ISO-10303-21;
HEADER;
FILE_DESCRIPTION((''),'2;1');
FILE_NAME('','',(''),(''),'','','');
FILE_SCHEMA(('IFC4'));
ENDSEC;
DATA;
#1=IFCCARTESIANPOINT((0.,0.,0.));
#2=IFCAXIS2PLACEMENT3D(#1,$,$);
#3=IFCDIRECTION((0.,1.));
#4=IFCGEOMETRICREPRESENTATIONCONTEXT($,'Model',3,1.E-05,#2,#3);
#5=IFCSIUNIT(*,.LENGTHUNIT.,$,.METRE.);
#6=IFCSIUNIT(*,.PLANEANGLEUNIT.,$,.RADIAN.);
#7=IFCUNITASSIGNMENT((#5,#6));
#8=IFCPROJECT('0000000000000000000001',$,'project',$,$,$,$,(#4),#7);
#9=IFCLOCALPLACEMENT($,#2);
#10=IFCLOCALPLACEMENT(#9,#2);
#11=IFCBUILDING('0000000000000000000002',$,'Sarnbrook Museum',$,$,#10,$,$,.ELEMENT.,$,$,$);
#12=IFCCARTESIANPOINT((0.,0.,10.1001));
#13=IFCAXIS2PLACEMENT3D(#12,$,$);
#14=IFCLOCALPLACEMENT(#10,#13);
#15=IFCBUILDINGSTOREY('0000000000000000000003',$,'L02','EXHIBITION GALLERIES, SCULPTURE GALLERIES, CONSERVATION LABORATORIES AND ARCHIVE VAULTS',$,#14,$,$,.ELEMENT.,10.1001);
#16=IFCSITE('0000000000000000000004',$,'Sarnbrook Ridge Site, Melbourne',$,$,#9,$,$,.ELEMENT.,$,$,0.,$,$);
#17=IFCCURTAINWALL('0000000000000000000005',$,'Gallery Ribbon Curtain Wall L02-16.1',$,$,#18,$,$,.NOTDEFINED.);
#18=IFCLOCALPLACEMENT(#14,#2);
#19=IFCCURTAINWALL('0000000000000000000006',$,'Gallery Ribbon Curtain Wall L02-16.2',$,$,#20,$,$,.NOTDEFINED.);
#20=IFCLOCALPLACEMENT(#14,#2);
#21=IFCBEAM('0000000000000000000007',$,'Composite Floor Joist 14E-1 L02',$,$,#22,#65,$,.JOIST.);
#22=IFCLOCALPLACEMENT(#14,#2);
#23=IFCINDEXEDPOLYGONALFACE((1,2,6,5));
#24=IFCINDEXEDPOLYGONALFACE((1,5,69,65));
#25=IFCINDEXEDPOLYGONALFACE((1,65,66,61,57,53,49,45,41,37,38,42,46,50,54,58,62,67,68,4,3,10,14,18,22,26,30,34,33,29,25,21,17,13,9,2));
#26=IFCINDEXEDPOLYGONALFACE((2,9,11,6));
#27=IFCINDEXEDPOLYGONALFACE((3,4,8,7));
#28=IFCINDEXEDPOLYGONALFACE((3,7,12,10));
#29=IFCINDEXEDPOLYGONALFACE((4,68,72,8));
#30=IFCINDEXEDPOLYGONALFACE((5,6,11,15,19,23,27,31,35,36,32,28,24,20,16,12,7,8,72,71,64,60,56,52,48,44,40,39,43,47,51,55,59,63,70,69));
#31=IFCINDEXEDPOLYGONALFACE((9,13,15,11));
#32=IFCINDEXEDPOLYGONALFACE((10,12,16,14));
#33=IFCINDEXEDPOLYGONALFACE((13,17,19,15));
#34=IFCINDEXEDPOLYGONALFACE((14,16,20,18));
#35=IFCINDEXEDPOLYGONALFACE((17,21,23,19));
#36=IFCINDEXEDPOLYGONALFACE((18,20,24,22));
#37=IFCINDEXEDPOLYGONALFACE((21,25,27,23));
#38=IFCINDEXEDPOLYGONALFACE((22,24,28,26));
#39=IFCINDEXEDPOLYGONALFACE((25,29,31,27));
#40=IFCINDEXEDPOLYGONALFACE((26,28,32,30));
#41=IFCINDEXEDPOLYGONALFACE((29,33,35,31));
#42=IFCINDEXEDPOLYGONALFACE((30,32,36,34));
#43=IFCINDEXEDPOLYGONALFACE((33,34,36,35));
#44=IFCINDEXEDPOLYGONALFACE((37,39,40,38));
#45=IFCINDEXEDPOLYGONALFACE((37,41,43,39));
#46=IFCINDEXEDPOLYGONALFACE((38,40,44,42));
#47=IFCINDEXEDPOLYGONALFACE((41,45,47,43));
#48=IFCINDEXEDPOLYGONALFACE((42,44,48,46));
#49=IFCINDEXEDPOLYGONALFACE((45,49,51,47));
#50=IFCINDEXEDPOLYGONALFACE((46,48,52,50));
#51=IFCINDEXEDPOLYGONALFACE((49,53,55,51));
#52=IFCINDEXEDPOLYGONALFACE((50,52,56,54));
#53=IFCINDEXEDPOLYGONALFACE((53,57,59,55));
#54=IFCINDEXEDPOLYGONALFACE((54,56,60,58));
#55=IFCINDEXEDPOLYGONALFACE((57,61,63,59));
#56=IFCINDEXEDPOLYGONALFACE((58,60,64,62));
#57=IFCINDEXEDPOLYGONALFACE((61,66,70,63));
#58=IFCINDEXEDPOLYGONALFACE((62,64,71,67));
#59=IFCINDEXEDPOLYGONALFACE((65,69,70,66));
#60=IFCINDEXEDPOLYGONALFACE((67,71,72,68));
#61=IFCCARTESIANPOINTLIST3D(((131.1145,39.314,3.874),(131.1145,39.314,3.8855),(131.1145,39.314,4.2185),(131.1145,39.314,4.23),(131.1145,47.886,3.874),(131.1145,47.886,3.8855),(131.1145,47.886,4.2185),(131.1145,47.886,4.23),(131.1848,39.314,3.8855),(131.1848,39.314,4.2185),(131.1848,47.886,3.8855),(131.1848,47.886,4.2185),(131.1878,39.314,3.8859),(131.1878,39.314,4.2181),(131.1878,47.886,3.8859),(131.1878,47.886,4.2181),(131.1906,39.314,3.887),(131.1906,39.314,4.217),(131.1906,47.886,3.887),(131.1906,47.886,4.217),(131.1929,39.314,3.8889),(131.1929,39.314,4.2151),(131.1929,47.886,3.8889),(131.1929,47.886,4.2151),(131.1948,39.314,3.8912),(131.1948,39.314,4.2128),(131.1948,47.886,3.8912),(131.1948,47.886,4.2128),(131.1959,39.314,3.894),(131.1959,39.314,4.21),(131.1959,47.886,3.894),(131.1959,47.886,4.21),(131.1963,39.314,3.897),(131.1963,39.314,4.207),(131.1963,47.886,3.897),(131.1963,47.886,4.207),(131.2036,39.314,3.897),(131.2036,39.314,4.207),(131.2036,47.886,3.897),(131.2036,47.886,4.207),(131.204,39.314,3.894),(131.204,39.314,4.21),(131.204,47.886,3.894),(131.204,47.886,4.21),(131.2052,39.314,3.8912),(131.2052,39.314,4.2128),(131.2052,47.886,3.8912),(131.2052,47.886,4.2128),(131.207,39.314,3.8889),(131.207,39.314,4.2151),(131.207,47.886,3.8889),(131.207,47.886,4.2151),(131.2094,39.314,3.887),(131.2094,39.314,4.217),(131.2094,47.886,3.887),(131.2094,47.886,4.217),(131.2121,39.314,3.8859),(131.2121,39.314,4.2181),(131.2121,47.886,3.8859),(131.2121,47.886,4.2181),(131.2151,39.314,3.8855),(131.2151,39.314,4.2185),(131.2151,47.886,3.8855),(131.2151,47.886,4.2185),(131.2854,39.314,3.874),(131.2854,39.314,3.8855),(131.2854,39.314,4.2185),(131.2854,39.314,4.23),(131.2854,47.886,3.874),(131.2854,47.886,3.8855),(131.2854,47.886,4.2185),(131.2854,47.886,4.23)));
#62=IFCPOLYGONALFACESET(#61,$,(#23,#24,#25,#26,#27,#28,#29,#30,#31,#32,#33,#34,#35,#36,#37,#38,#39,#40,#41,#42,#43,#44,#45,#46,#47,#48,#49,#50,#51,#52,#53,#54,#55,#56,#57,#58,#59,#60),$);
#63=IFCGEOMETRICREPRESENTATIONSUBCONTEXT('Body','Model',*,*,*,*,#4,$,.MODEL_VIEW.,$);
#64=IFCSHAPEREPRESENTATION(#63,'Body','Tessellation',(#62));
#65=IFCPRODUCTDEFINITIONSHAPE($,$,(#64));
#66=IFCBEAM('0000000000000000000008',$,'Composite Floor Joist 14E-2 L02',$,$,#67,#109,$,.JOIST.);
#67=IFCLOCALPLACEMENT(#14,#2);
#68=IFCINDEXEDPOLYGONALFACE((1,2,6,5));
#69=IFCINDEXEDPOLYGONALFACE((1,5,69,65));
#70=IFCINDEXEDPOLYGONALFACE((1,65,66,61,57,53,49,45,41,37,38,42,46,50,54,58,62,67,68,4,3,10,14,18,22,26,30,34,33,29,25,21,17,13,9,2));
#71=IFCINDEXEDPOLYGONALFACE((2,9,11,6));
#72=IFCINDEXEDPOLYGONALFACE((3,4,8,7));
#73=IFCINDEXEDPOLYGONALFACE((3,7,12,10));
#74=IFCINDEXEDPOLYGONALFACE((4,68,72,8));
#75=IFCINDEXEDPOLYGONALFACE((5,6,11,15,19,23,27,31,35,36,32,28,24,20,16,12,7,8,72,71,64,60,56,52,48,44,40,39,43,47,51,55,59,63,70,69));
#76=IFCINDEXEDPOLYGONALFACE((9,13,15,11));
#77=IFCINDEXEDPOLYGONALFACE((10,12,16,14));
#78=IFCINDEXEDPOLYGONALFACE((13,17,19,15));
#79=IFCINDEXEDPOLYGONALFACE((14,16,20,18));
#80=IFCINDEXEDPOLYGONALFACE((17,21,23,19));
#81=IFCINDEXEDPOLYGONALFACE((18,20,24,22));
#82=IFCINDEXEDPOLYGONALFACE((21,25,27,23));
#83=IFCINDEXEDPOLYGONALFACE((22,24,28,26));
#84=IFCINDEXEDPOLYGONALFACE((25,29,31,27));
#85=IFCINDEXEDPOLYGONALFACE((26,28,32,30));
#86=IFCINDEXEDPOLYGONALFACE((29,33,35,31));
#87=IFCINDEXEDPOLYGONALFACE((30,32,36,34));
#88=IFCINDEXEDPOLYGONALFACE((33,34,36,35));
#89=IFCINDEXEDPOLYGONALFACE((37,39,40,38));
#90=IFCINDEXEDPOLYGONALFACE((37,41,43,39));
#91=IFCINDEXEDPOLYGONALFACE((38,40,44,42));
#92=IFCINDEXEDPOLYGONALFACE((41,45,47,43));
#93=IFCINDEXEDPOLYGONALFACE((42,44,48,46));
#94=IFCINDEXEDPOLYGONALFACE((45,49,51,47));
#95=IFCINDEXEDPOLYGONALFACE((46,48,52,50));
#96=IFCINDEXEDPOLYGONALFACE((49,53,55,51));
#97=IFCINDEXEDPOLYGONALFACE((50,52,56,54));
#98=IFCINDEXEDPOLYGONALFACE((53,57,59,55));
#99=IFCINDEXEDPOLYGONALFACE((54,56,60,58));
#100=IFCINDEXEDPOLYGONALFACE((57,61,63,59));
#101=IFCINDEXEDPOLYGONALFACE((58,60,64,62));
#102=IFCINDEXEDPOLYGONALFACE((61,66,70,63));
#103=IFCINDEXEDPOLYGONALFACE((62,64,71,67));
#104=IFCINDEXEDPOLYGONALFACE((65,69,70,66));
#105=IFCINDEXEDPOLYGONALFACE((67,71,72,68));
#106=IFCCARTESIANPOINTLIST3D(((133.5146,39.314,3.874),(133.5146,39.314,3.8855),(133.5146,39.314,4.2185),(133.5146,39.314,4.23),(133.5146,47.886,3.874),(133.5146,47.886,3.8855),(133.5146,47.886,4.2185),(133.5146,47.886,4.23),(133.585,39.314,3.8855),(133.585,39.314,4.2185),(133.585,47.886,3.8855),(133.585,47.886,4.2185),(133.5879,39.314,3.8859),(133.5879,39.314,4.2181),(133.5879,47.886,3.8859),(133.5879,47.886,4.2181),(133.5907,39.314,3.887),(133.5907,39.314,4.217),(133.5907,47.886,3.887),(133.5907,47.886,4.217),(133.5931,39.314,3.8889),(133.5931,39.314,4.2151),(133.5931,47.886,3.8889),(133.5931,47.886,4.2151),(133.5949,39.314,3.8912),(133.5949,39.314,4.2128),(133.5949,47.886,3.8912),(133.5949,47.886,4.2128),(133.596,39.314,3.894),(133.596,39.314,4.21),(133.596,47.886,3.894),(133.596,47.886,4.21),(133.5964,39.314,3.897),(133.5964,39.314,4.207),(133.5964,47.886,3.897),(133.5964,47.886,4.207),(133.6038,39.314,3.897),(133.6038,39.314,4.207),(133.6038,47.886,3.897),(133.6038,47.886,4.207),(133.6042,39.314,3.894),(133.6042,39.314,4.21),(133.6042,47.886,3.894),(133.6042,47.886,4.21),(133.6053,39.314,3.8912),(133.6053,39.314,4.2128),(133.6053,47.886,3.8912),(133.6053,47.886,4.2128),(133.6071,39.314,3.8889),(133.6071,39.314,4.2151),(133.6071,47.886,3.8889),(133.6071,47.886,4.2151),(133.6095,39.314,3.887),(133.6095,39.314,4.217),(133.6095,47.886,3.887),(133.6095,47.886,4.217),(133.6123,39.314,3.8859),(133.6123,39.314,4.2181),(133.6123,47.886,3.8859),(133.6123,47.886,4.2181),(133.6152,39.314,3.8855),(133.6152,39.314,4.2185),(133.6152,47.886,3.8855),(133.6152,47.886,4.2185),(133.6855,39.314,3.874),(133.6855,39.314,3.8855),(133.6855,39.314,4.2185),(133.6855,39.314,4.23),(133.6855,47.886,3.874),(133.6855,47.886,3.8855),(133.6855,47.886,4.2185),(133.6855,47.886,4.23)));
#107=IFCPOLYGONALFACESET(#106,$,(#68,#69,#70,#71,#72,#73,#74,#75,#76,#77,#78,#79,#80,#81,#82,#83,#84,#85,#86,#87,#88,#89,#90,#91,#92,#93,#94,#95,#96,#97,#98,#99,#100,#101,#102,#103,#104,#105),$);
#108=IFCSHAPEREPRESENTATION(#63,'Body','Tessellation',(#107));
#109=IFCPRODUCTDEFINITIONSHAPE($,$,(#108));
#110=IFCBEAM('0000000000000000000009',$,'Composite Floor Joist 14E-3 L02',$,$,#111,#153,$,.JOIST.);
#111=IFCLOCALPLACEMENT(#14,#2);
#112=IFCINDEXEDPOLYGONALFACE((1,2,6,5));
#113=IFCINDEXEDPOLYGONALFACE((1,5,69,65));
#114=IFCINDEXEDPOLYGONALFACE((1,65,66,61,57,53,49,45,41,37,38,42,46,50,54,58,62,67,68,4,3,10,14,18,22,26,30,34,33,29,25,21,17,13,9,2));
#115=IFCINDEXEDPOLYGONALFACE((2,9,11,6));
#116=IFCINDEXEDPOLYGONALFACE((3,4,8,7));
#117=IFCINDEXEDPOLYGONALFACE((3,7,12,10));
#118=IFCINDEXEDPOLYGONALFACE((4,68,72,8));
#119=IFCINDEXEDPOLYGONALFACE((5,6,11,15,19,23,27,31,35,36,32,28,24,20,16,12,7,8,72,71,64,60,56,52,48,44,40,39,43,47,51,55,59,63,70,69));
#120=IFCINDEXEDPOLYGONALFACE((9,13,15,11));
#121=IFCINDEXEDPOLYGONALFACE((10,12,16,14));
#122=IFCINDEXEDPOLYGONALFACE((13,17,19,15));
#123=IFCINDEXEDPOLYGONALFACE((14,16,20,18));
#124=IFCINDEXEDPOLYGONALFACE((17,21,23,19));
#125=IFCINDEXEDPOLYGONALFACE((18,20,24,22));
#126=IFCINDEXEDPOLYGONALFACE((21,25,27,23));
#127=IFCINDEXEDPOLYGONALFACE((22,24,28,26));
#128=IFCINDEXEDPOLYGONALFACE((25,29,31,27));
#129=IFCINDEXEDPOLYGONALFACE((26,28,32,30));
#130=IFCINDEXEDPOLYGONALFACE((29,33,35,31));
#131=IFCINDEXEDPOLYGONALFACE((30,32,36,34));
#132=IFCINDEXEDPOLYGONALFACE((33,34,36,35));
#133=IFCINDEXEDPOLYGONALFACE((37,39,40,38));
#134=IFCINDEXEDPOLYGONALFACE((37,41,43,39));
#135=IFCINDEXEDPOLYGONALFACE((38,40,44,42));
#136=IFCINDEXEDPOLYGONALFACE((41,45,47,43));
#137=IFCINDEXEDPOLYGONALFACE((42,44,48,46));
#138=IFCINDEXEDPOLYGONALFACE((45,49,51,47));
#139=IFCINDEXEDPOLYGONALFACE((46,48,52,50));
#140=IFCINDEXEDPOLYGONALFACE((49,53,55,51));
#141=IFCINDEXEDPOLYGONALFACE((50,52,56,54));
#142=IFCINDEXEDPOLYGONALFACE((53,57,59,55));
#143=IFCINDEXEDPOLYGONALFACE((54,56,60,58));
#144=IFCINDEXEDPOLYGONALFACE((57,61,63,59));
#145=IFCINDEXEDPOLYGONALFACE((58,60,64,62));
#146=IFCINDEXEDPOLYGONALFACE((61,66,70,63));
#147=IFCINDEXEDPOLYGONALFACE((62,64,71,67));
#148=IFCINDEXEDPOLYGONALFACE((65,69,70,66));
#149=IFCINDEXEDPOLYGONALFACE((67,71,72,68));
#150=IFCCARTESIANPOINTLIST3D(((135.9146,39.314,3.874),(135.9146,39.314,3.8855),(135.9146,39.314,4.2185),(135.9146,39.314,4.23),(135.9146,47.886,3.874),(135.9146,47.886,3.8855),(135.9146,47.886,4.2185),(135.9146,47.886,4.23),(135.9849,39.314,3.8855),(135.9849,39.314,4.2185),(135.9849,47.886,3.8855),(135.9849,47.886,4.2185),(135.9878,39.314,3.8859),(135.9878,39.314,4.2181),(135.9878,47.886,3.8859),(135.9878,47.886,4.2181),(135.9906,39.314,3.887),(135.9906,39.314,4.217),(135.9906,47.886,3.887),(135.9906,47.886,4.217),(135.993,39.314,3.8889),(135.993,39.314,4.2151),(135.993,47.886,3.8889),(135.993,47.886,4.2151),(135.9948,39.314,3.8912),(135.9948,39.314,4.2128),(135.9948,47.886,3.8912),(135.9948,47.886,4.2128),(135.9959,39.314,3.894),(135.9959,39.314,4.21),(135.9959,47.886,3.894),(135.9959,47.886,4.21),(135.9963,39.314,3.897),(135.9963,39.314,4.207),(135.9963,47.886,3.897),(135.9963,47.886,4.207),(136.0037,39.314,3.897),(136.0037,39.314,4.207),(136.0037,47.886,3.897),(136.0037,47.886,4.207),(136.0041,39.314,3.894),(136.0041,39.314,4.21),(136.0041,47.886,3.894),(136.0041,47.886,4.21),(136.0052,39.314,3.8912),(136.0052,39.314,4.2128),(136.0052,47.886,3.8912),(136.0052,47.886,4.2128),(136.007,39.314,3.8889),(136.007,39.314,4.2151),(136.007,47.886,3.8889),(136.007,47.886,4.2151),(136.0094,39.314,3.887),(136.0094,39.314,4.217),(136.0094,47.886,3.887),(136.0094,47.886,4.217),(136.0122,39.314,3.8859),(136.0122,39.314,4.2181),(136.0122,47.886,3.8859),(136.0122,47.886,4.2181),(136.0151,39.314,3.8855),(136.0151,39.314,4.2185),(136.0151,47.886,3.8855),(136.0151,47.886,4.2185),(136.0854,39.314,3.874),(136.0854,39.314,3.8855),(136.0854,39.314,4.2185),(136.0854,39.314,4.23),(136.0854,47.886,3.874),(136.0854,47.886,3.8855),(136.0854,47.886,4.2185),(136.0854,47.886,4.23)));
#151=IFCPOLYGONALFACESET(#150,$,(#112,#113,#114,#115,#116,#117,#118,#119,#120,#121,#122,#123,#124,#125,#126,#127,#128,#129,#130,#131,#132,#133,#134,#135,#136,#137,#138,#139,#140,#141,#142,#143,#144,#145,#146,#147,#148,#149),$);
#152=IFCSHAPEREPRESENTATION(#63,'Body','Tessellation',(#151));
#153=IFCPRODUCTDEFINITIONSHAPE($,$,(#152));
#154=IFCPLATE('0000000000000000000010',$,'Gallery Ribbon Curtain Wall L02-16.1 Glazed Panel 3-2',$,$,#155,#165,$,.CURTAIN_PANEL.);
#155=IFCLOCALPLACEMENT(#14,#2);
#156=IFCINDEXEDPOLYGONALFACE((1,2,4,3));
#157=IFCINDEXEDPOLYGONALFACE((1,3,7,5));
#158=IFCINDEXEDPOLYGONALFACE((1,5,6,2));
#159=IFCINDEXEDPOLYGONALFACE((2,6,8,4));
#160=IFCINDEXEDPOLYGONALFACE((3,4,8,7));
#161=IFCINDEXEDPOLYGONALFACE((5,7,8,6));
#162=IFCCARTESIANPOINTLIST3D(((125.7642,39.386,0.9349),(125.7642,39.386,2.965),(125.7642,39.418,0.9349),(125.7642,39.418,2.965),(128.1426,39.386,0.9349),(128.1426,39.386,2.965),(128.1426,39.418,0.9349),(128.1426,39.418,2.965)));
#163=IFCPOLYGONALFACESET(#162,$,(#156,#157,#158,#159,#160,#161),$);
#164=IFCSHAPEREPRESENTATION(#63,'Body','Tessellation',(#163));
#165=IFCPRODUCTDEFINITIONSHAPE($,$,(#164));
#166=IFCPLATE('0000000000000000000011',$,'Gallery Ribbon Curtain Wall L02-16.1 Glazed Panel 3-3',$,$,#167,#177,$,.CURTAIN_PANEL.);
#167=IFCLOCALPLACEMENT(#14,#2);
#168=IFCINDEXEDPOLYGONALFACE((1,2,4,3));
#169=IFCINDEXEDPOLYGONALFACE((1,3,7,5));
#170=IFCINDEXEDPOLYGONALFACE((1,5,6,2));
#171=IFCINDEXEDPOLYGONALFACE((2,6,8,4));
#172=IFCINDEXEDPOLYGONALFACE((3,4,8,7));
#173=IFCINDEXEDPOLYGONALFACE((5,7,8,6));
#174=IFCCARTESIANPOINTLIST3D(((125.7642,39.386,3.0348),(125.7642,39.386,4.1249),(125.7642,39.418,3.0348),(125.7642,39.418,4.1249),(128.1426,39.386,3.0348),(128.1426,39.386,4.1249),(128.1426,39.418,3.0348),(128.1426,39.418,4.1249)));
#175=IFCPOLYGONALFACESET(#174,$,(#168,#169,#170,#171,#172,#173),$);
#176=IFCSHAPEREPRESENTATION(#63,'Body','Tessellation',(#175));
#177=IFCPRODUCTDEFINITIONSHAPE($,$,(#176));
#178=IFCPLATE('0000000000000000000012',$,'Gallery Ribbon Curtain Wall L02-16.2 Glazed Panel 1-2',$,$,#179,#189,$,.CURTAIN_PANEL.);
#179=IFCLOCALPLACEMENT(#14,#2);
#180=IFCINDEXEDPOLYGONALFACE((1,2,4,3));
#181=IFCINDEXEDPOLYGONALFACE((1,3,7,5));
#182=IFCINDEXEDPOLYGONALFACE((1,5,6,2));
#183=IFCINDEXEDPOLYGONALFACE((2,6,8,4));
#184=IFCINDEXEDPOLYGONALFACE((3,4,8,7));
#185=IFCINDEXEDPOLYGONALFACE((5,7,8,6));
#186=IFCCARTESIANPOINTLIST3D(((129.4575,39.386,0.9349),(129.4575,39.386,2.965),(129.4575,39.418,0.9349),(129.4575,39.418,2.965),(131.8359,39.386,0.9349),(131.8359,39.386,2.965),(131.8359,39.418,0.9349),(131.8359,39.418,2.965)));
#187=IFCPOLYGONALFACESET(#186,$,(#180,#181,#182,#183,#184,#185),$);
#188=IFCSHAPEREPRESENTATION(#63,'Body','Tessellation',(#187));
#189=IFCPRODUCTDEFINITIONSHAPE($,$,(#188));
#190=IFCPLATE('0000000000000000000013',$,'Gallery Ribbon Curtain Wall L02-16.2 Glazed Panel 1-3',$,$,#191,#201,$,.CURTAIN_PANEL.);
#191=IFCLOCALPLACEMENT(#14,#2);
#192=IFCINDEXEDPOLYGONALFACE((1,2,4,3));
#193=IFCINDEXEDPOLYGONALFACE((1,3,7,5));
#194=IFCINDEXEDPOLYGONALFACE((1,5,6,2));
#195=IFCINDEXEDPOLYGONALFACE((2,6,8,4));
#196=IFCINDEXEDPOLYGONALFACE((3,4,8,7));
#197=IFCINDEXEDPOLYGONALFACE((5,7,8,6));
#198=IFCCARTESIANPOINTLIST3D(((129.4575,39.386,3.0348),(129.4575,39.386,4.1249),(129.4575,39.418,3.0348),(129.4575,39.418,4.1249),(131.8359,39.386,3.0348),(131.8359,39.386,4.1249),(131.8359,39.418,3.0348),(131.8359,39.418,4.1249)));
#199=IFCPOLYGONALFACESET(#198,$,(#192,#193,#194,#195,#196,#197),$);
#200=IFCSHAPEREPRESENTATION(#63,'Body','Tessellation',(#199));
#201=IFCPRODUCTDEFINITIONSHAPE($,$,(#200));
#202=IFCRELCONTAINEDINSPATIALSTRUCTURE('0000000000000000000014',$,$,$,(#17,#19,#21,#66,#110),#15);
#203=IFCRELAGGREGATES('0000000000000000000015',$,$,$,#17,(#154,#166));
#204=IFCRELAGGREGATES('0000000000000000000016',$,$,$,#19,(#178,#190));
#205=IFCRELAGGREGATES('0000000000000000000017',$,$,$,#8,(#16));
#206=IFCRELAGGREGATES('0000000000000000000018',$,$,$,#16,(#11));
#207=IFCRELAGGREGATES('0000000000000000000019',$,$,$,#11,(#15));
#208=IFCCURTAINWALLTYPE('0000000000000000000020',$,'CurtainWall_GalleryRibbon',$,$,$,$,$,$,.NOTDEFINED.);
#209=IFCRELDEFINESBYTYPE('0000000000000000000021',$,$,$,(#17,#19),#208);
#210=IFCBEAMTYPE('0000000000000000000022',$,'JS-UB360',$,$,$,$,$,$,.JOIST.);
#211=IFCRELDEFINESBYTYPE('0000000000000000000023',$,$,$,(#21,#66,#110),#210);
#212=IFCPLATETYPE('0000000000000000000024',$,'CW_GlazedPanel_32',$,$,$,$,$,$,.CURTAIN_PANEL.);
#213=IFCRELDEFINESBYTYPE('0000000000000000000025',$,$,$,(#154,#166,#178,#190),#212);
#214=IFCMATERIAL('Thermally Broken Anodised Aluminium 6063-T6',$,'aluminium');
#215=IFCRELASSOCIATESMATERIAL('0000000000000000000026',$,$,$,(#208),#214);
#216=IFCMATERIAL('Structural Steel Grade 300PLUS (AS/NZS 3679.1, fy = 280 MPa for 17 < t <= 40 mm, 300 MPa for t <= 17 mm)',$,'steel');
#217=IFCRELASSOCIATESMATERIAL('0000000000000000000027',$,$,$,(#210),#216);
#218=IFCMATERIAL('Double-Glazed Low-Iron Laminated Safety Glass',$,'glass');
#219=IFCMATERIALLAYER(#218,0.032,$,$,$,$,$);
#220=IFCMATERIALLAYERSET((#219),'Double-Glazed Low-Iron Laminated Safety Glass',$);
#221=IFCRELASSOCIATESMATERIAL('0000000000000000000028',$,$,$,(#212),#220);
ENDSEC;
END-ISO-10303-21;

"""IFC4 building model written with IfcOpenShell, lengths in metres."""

from ifc_helpers import new_model, si_unit, direction, frame, origin, origin_2d, place, context, subcontext, project, spatial, rectangle, i_section, extrude, material, layer, layer_set, material_profile, profile_set, type_object, element, aggregate, save


model = new_model("IFC4")

# Units and contexts
model_context = context("Model", 3, precision=1e-05, world=origin(), true_north=direction((0.0, 1.0)))
body_context = subcontext(model_context, "Body", "Model", "MODEL_VIEW")
ifc_project = project(units=[si_unit("LENGTHUNIT", "METRE"), si_unit("PLANEANGLEUNIT", "RADIAN")], contexts=[model_context])

# Site, building, storey
site_placement = place(None, origin())
site = spatial("IfcSite", under=ifc_project, at=site_placement, Name="Sarnbrook Ridge Site, Melbourne", CompositionType="ELEMENT", RefElevation=0.0)
building_placement = place(site_placement, origin())
building = spatial("IfcBuilding", under=site, at=building_placement, Name="Sarnbrook Museum", CompositionType="ELEMENT")
storey_placement = place(building_placement, frame((0.0, 0.0, 10.1001)))
storey = spatial("IfcBuildingStorey", under=building, at=storey_placement, Name="L02", Description="EXHIBITION GALLERIES, SCULPTURE GALLERIES, CONSERVATION LABORATORIES AND ARCHIVE VAULTS", CompositionType="ELEMENT", Elevation=10.1001)

# Shared definitions
ifc_material_1 = material(Name="Structural Steel Grade 300PLUS (AS/NZS 3679.1, fy = 280 MPa for 17 < t <= 40 mm, 300 MPa for t <= 17 mm)", Category="steel")

# Curtain wall
ifc_material_2 = material(Name="Thermally Broken Anodised Aluminium 6063-T6", Category="aluminium")
curtain_wall_type = type_object("IfcCurtainWallType", Name="CurtainWall_GalleryRibbon", PredefinedType="NOTDEFINED", material=ifc_material_2)
curtain_wall_1_placement = place(storey_placement, origin())
curtain_wall_1 = element("IfcCurtainWall", 1, at=curtain_wall_1_placement, inside=storey, type_object=curtain_wall_type, Name="Gallery Ribbon Curtain Wall L02-16.1", PredefinedType="NOTDEFINED")

# Curtain wall
curtain_wall_2_placement = place(storey_placement, origin())
curtain_wall_2 = element("IfcCurtainWall", 2, at=curtain_wall_2_placement, inside=storey, type_object=curtain_wall_type, Name="Gallery Ribbon Curtain Wall L02-16.2", PredefinedType="NOTDEFINED")

# Beams
ifc_material_profile_1 = material_profile(ifc_material_1, i_section(OverallWidth=0.1709, OverallDepth=0.356, WebThickness=0.0073, FlangeThickness=0.0115, FilletRadius=0.0115, at=origin_2d()), Name="360UB50.7")
ifc_profile_set_1 = profile_set([ifc_material_profile_1], Name="Structural Steel Grade 300PLUS (AS/NZS 3679.1, fy = 280 MPa for 17 < t <= 40 mm, 300 MPa for t <= 17 mm)")
beam_type_1 = type_object("IfcBeamType", Name="JS-UB360", PredefinedType="JOIST", material=ifc_profile_set_1)
for number, where, z_axis, x_axis, name in (
    (3, (131.2, 39.314, 4.052), (0.0, 1.0, 0.0), (-1.0, 0.0, 0.0), "Composite Floor Joist 14E-1 L02"),
    (4, (133.6001, 39.314, 4.052), (0.0, 1.0, 0.0), (-1.0, 0.0, 0.0), "Composite Floor Joist 14E-2 L02"),
    (5, (136.0, 39.314, 4.052), (0.0, 1.0, 0.0), (-1.0, 0.0, 0.0), "Composite Floor Joist 14E-3 L02"),
):
    element("IfcBeam", number, at=place(storey_placement, frame(where, z_axis=z_axis, x_axis=x_axis)), inside=storey, type_object=beam_type_1, Name=name, PredefinedType="JOIST", context=body_context, shape_type="SweptSolid", body=[
        extrude(i_section(OverallWidth=0.1709, OverallDepth=0.356, WebThickness=0.0073, FlangeThickness=0.0115, FilletRadius=0.0115, at=origin_2d()), origin(), (0.0, 0.0, 1.0), 8.572),
    ])

# Plates
ifc_material_3 = material(Name="Double-Glazed Low-Iron Laminated Safety Glass", Category="glass")
ifc_layer_1 = layer(ifc_material_3, 0.032)
ifc_layer_set_1 = layer_set([ifc_layer_1], Name="Double-Glazed Low-Iron Laminated Safety Glass")
plate_type = type_object("IfcPlateType", Name="CW_GlazedPanel_32", PredefinedType="CURTAIN_PANEL", material=ifc_layer_set_1)
plate_1_placement = place(storey_placement, frame((126.9534, 39.418, 1.95), z_axis=(0.0, -1.0, 0.0), x_axis=(1.0, 0.0, 0.0)))
plate_1 = element("IfcPlate", 6, at=plate_1_placement, type_object=plate_type, Name="Gallery Ribbon Curtain Wall L02-16.1 Glazed Panel 3-2", PredefinedType="CURTAIN_PANEL", context=body_context, shape_type="SweptSolid", body=[
    extrude(rectangle(XDim=2.3784, YDim=2.03, at=origin_2d()), origin(), (0.0, 0.0, 1.0), 0.032),
])
plate_2_placement = place(storey_placement, frame((126.9534, 39.418, 3.5798), z_axis=(0.0, -1.0, 0.0), x_axis=(1.0, 0.0, 0.0)))
plate_2 = element("IfcPlate", 7, at=plate_2_placement, type_object=plate_type, Name="Gallery Ribbon Curtain Wall L02-16.1 Glazed Panel 3-3", PredefinedType="CURTAIN_PANEL", context=body_context, shape_type="SweptSolid", body=[
    extrude(rectangle(XDim=2.3784, YDim=1.0901, at=origin_2d()), origin(), (0.0, 0.0, 1.0), 0.032),
])
aggregate(curtain_wall_1, [plate_1, plate_2])
plate_3_placement = place(storey_placement, frame((130.6467, 39.418, 1.95), z_axis=(0.0, -1.0, 0.0), x_axis=(1.0, 0.0, 0.0)))
plate_3 = element("IfcPlate", 8, at=plate_3_placement, type_object=plate_type, Name="Gallery Ribbon Curtain Wall L02-16.2 Glazed Panel 1-2", PredefinedType="CURTAIN_PANEL", context=body_context, shape_type="SweptSolid", body=[
    extrude(rectangle(XDim=2.3784, YDim=2.03, at=origin_2d()), origin(), (0.0, 0.0, 1.0), 0.032),
])
plate_4_placement = place(storey_placement, frame((130.6467, 39.418, 3.5798), z_axis=(0.0, -1.0, 0.0), x_axis=(1.0, 0.0, 0.0)))
plate_4 = element("IfcPlate", 9, at=plate_4_placement, type_object=plate_type, Name="Gallery Ribbon Curtain Wall L02-16.2 Glazed Panel 1-3", PredefinedType="CURTAIN_PANEL", context=body_context, shape_type="SweptSolid", body=[
    extrude(rectangle(XDim=2.3784, YDim=1.0901, at=origin_2d()), origin(), (0.0, 0.0, 1.0), 0.032),
])
aggregate(curtain_wall_2, [plate_3, plate_4])

save(model, "model.ifc")
